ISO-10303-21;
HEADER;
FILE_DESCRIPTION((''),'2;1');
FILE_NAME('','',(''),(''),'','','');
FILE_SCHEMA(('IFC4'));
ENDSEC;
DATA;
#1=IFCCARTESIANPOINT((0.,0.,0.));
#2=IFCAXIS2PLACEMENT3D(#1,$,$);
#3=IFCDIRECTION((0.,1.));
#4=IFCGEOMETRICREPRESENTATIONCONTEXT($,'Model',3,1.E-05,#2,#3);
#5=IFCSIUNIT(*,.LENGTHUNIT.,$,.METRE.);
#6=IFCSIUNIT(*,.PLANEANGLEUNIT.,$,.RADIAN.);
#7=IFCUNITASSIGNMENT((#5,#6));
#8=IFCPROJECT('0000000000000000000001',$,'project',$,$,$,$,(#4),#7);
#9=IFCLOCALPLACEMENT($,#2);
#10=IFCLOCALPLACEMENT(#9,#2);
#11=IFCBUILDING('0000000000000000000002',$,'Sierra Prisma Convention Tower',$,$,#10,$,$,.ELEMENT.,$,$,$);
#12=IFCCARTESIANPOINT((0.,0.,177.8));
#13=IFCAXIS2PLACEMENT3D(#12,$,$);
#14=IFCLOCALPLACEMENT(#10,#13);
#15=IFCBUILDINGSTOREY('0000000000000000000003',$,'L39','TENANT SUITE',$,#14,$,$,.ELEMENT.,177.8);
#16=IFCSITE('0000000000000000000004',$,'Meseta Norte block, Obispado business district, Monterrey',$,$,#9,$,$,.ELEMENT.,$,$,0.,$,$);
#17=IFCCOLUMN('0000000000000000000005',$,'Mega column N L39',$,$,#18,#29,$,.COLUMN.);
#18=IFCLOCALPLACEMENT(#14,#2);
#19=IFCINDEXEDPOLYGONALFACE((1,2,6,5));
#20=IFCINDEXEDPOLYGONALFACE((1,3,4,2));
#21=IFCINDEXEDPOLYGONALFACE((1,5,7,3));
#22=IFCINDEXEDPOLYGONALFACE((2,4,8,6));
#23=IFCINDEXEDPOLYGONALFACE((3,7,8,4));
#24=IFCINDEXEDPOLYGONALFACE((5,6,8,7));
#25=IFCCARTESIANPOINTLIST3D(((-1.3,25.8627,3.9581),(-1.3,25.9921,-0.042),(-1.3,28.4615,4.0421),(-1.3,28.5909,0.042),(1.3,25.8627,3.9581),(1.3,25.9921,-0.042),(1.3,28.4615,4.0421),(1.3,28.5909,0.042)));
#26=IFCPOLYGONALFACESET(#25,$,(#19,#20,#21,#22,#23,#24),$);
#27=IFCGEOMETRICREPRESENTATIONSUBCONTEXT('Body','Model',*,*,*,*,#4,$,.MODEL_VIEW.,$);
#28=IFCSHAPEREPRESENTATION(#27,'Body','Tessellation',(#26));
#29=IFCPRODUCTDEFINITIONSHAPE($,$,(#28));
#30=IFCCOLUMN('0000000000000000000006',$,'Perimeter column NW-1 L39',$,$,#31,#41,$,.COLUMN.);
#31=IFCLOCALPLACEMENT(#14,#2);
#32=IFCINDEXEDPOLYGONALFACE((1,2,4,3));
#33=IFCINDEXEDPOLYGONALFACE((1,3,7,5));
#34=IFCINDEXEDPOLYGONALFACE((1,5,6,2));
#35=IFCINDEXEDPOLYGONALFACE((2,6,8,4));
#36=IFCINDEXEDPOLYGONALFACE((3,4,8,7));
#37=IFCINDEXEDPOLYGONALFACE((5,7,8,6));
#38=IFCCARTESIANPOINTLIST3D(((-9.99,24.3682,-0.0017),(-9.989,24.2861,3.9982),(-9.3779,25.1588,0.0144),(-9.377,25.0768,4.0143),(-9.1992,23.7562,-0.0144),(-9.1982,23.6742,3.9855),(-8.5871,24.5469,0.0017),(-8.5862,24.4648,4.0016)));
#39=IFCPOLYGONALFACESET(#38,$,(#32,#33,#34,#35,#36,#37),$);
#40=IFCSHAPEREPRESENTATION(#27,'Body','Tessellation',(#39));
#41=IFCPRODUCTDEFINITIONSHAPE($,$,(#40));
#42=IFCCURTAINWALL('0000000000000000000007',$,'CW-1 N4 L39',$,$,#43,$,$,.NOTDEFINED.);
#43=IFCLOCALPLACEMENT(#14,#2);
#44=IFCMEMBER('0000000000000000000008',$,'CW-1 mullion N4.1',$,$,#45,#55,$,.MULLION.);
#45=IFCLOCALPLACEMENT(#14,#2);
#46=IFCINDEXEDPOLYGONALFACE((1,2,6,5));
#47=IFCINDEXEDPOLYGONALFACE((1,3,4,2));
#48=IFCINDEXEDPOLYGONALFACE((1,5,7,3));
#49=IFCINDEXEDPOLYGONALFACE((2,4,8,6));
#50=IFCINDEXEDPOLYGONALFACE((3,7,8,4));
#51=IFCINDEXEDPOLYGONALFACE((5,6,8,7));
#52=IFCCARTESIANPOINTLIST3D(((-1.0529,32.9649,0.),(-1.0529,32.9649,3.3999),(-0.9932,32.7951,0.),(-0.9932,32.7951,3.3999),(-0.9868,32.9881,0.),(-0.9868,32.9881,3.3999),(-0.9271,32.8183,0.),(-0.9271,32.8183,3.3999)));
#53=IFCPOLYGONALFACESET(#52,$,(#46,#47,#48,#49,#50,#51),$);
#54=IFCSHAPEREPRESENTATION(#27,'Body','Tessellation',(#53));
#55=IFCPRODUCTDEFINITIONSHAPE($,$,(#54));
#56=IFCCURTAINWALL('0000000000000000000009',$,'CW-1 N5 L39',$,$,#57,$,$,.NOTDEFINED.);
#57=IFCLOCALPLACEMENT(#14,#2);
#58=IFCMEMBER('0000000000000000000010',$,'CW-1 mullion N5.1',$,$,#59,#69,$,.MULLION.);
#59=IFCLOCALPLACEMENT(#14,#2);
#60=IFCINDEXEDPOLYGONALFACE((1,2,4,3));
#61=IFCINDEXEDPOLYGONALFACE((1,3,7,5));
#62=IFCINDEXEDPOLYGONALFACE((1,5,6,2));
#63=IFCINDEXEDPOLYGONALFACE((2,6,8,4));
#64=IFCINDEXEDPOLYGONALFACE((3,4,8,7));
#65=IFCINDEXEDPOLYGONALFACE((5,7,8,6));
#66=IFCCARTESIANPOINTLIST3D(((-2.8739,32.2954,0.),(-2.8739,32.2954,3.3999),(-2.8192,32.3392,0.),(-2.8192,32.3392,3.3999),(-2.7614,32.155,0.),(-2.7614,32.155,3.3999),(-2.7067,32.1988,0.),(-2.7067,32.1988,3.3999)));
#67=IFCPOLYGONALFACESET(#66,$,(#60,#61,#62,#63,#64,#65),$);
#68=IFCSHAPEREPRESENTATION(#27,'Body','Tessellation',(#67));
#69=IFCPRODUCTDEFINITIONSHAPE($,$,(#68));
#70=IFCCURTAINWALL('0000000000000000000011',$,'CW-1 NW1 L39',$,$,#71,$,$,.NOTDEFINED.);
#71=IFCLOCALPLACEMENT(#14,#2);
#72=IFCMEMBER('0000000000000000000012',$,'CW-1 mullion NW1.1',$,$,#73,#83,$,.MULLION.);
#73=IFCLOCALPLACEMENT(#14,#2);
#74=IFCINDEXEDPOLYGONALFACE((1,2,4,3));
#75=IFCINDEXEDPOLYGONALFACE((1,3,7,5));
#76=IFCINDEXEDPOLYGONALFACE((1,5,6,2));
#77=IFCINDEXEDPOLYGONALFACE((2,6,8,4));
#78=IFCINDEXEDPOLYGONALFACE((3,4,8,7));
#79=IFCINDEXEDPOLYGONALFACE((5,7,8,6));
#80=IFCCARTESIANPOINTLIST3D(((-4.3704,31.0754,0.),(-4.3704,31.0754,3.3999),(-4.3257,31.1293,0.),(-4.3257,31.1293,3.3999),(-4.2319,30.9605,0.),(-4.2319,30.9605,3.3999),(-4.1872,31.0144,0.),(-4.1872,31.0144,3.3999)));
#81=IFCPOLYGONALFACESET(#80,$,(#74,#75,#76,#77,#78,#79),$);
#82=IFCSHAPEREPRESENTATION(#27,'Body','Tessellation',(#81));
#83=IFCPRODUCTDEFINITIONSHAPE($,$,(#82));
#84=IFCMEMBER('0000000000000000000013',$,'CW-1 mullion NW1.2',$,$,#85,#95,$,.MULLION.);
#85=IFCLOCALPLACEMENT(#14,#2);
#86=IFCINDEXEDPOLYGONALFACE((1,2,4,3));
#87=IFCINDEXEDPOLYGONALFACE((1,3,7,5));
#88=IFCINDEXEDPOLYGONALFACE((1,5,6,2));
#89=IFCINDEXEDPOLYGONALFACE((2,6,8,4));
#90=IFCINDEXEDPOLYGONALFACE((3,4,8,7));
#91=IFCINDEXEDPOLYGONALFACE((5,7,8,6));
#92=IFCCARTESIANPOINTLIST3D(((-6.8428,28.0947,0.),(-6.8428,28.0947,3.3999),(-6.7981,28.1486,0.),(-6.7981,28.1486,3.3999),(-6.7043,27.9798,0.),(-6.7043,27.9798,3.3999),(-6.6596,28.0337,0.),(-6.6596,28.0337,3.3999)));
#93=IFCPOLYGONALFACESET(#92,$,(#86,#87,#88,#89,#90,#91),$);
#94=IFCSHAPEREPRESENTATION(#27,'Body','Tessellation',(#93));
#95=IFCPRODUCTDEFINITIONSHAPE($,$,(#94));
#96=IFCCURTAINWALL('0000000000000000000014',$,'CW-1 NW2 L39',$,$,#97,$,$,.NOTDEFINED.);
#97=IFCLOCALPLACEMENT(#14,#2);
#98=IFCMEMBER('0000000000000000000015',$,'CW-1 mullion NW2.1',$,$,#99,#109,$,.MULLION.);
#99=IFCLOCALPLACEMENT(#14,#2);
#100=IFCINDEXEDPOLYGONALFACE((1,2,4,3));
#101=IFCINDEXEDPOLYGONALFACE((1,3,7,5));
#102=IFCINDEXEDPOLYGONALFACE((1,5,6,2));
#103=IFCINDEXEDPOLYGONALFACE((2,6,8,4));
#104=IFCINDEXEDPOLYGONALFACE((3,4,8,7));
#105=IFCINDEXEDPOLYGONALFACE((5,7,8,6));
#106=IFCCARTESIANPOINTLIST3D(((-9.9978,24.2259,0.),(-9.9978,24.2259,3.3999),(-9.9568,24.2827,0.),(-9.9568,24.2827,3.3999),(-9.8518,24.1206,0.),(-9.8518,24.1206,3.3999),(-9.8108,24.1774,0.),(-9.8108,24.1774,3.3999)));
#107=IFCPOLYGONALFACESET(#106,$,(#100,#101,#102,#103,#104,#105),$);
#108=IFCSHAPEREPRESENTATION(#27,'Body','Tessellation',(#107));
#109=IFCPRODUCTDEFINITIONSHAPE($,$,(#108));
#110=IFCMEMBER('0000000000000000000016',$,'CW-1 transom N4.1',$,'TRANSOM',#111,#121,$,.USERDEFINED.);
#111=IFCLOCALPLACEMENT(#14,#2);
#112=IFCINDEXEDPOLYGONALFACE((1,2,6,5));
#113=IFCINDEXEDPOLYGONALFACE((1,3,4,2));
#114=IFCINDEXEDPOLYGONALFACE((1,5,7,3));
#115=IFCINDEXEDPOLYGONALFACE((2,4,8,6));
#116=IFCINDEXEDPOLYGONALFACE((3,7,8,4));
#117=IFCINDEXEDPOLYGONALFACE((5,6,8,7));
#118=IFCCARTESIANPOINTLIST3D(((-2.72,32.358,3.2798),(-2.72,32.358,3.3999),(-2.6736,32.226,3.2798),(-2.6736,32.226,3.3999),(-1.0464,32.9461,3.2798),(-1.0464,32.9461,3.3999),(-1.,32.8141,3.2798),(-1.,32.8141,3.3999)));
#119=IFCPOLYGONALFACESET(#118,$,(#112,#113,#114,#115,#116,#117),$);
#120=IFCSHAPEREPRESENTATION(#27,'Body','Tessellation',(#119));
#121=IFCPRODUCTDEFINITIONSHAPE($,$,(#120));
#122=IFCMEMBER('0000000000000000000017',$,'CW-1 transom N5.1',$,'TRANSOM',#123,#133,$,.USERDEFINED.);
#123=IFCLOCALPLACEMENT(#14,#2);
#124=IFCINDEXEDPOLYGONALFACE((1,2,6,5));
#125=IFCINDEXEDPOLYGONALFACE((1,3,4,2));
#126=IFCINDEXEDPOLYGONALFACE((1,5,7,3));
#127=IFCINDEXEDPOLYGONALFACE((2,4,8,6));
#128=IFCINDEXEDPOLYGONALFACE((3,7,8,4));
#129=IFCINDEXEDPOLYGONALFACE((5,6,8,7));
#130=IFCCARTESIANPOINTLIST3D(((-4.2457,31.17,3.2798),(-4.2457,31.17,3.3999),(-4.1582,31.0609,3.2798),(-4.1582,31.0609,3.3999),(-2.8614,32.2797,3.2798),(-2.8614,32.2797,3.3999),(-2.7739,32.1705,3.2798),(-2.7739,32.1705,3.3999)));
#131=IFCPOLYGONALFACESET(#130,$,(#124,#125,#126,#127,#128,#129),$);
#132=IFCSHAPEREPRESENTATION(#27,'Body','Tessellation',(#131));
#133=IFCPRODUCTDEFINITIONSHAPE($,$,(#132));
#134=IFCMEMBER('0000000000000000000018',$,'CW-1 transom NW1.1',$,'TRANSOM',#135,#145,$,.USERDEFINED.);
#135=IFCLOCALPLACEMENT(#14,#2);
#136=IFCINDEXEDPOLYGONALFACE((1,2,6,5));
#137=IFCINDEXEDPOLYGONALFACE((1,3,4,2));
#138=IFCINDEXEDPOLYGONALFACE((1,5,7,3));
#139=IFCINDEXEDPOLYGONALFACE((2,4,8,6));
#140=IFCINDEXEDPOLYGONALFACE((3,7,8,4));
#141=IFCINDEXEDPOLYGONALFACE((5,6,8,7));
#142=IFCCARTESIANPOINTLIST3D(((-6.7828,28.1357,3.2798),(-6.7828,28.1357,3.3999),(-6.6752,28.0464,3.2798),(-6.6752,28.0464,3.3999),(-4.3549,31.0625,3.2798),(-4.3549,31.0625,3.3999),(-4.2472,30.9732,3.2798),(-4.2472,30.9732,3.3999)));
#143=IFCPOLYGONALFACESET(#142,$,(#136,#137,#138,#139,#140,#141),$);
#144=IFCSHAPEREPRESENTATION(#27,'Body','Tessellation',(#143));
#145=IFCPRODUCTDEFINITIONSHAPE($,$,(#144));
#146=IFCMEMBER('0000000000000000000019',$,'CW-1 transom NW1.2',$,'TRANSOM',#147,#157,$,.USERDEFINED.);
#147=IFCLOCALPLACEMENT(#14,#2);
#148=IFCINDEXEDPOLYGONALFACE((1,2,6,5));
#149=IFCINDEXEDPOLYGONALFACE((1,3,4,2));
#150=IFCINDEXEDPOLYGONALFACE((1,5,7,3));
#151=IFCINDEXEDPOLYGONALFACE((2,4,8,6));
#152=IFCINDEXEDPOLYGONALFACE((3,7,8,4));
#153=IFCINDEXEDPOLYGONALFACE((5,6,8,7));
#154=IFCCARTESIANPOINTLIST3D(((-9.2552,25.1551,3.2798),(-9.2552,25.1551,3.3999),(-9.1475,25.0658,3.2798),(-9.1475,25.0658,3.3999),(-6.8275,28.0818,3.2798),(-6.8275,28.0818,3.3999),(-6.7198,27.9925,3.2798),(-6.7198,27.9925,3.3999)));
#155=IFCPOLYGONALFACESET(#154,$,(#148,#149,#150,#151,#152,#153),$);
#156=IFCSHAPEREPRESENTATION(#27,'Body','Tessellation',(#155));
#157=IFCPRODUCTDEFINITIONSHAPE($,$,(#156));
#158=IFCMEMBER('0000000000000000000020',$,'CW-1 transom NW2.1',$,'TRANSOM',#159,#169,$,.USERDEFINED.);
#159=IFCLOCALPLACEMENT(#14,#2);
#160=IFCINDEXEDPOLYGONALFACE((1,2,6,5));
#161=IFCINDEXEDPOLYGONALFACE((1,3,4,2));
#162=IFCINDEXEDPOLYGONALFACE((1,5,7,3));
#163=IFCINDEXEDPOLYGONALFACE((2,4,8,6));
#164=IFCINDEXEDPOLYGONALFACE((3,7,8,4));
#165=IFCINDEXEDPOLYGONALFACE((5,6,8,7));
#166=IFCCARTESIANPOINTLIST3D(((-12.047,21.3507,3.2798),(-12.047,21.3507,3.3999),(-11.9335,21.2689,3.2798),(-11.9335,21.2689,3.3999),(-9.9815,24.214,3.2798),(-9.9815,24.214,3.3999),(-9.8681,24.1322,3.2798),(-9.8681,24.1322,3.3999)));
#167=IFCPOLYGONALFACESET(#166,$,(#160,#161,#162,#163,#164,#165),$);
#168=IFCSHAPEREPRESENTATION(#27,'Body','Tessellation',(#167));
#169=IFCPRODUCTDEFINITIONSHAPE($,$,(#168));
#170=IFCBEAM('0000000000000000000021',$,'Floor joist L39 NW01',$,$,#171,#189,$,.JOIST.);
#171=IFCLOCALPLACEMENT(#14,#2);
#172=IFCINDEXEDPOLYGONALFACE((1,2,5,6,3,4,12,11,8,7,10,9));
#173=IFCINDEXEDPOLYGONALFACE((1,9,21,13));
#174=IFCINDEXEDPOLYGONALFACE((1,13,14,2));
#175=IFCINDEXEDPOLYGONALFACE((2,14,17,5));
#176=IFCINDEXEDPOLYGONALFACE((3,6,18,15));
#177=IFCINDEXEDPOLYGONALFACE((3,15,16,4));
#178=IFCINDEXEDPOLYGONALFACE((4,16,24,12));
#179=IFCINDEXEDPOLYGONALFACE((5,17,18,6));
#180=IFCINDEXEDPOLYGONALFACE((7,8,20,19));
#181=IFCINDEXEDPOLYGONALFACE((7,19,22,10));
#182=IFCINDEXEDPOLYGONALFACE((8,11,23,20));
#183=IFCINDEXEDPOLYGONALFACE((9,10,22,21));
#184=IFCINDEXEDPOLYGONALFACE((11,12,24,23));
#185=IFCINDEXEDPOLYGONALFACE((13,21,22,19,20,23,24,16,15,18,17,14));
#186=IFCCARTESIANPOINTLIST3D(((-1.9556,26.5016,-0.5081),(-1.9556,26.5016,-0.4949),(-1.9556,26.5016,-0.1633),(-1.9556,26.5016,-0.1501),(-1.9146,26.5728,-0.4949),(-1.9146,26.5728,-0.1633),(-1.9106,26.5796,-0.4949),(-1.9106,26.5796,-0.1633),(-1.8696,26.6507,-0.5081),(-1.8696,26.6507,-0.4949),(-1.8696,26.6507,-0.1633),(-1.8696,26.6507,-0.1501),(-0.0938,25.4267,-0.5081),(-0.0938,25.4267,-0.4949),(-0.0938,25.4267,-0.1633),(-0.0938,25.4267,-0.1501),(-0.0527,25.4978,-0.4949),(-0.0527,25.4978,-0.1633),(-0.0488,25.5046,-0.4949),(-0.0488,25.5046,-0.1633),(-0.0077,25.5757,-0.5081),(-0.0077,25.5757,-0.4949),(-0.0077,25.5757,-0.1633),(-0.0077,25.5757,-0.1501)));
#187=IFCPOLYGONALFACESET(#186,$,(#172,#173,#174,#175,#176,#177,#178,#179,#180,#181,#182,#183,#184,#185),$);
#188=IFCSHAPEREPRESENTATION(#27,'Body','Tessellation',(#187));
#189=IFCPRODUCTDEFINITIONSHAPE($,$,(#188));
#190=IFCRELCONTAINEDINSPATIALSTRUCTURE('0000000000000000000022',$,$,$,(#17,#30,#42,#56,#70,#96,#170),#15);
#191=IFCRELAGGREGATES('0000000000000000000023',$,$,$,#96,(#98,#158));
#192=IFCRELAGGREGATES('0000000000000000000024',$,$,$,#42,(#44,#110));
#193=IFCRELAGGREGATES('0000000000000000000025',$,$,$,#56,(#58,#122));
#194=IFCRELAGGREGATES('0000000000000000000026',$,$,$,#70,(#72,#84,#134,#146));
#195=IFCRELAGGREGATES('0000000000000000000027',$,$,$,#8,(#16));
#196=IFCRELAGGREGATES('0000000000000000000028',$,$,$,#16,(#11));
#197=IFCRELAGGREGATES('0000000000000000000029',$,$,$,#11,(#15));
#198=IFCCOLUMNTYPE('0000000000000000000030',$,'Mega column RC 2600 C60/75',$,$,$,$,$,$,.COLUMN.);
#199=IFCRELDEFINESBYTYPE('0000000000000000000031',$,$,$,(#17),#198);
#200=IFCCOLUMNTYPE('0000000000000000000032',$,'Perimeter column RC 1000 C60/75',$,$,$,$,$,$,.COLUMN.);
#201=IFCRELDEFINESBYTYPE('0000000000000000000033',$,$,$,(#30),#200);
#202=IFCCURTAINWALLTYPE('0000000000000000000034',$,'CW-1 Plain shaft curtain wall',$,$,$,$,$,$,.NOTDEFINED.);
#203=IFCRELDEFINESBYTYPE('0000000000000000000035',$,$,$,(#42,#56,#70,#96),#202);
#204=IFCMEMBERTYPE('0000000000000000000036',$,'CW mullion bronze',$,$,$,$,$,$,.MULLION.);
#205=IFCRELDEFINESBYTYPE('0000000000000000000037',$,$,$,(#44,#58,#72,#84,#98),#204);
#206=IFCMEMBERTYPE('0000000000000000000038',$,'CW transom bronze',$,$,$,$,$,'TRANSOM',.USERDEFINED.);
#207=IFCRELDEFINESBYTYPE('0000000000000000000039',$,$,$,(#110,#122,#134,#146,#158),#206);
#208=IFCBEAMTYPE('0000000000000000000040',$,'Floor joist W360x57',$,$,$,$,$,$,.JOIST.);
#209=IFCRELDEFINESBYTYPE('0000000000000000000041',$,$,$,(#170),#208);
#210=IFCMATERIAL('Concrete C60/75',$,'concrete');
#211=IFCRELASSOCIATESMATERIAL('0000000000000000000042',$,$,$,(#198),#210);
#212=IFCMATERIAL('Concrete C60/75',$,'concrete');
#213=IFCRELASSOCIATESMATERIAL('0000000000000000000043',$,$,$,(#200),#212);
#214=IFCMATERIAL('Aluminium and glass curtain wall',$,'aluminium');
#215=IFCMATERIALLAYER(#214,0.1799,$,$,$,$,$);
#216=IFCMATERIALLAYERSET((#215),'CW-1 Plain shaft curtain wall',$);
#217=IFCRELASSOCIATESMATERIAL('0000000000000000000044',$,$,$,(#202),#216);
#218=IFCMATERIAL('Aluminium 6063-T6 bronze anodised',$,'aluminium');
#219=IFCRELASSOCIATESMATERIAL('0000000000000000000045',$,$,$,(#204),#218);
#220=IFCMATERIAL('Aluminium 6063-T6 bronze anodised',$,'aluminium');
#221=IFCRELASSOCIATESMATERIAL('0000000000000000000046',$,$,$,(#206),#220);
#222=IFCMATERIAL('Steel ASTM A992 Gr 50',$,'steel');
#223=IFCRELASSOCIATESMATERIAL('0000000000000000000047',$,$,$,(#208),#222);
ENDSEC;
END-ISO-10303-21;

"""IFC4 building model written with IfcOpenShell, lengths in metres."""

from ifc_helpers import new_model, si_unit, direction, frame, origin, origin_2d, place, context, subcontext, project, spatial, rectangle, i_section, extrude, material, layer, layer_set, material_profile, profile_set, type_object, element, aggregate, save


model = new_model("IFC4")

# Units and contexts
model_context = context("Model", 3, precision=1e-05, world=origin(), true_north=direction((0.0, 1.0)))
body_context = subcontext(model_context, "Body", "Model", "MODEL_VIEW")
ifc_project = project(units=[si_unit("LENGTHUNIT", "METRE"), si_unit("PLANEANGLEUNIT", "RADIAN")], contexts=[model_context])

# Site, building, storey
site_placement = place(None, origin())
site = spatial("IfcSite", under=ifc_project, at=site_placement, Name="Meseta Norte block, Obispado business district, Monterrey", CompositionType="ELEMENT", RefElevation=0.0)
building_placement = place(site_placement, origin())
building = spatial("IfcBuilding", under=site, at=building_placement, Name="Sierra Prisma Convention Tower", CompositionType="ELEMENT")
storey_placement = place(building_placement, frame((0.0, 0.0, 177.8)))
storey = spatial("IfcBuildingStorey", under=building, at=storey_placement, Name="L39", Description="TENANT SUITE", CompositionType="ELEMENT", Elevation=177.8)

# Columns
ifc_material_1 = material(Name="Concrete C60/75", Category="concrete")
ifc_material_profile_1 = material_profile(ifc_material_1, rectangle(XDim=2.6001, YDim=2.6001, at=origin_2d()), Name="Mega column RC 2600 C60/75")
ifc_profile_set_1 = profile_set([ifc_material_profile_1], Name="Concrete C60/75")
column_type_1 = type_object("IfcColumnType", Name="Mega column RC 2600 C60/75", PredefinedType="COLUMN", material=ifc_profile_set_1)
column_1_placement = place(storey_placement, frame((0.0, 27.2915, 0.0), z_axis=(0.0, -0.032332, 0.999477), x_axis=(1.0, 0.0, 0.0)))
element("IfcColumn", 1, at=column_1_placement, inside=storey, type_object=column_type_1, Name="Mega column N L39", PredefinedType="COLUMN", context=body_context, shape_type="SweptSolid", body=[
    extrude(rectangle(XDim=2.6001, YDim=2.6001, at=origin_2d()), origin(), (0.0, 0.0, 1.0), 4.0022),
])
ifc_material_2 = material(Name="Concrete C60/75", Category="concrete")
ifc_material_profile_2 = material_profile(ifc_material_2, rectangle(XDim=1.0, YDim=1.0, at=origin_2d()), Name="Perimeter column RC 1000 C60/75")
ifc_profile_set_2 = profile_set([ifc_material_profile_2], Name="Concrete C60/75")
column_type_2 = type_object("IfcColumnType", Name="Perimeter column RC 1000 C60/75", PredefinedType="COLUMN", material=ifc_profile_set_2)
column_2_placement = place(storey_placement, frame((-9.2886, 24.4575, 0.0), z_axis=(0.000244, -0.020504, 0.99979), x_axis=(0.612079, 0.790633, 0.016065)))
element("IfcColumn", 2, at=column_2_placement, inside=storey, type_object=column_type_2, Name="Perimeter column NW-1 L39", PredefinedType="COLUMN", context=body_context, shape_type="SweptSolid", body=[
    extrude(rectangle(XDim=1.0, YDim=1.0, at=origin_2d()), origin(), (0.0, 0.0, 1.0), 4.0007),
])

# Curtain walls, members
ifc_material_3 = material(Name="Aluminium and glass curtain wall", Category="aluminium")
ifc_layer_1 = layer(ifc_material_3, 0.1799)
ifc_layer_set_1 = layer_set([ifc_layer_1], Name="CW-1 Plain shaft curtain wall")
curtain_wall_type = type_object("IfcCurtainWallType", Name="CW-1 Plain shaft curtain wall", PredefinedType="NOTDEFINED", material=ifc_layer_set_1)
curtain_wall_1_placement = place(storey_placement, origin())
curtain_wall_1 = element("IfcCurtainWall", 3, at=curtain_wall_1_placement, inside=storey, type_object=curtain_wall_type, Name="CW-1 N4 L39", PredefinedType="NOTDEFINED")
ifc_material_4 = material(Name="Aluminium 6063-T6 bronze anodised", Category="aluminium")
ifc_material_profile_3 = material_profile(ifc_material_4, rectangle(XDim=0.1799, YDim=0.0701, at=origin_2d()), Name="ALU MULLION 70x180")
ifc_profile_set_3 = profile_set([ifc_material_profile_3], Name="Aluminium 6063-T6 bronze anodised")
member_type_1 = type_object("IfcMemberType", Name="CW mullion bronze", PredefinedType="MULLION", material=ifc_profile_set_3)
member_1_placement = place(storey_placement, frame((-0.99, 32.8916, 0.0), z_axis=(0.0, 0.0, 1.0), x_axis=(0.331436, -0.943478, 0.0)))
member_1 = element("IfcMember", 4, at=member_1_placement, type_object=member_type_1, Name="CW-1 mullion N4.1", PredefinedType="MULLION", context=body_context, shape_type="SweptSolid", body=[
    extrude(rectangle(XDim=0.1799, YDim=0.0701, at=origin_2d()), origin(), (0.0, 0.0, 1.0), 3.3999),
])
curtain_wall_2_placement = place(storey_placement, origin())
curtain_wall_2 = element("IfcCurtainWall", 5, at=curtain_wall_2_placement, inside=storey, type_object=curtain_wall_type, Name="CW-1 N5 L39", PredefinedType="NOTDEFINED")
member_2_placement = place(storey_placement, frame((-2.7903, 32.2471, 0.0), z_axis=(0.0, 0.0, 1.0), x_axis=(0.625406, -0.7803, 0.0)))
member_2 = element("IfcMember", 6, at=member_2_placement, type_object=member_type_1, Name="CW-1 mullion N5.1", PredefinedType="MULLION", context=body_context, shape_type="SweptSolid", body=[
    extrude(rectangle(XDim=0.1799, YDim=0.0701, at=origin_2d()), origin(), (0.0, 0.0, 1.0), 3.3999),
])

# Curtain wall, members
curtain_wall_3_placement = place(storey_placement, origin())
curtain_wall_3 = element("IfcCurtainWall", 7, at=curtain_wall_3_placement, inside=storey, type_object=curtain_wall_type, Name="CW-1 NW1 L39", PredefinedType="NOTDEFINED")
member_3_placement = place(storey_placement, frame((-4.2788, 31.0449, 0.0), z_axis=(0.0, 0.0, 1.0), x_axis=(0.769678, -0.638433, 0.0)))
member_3 = element("IfcMember", 8, at=member_3_placement, type_object=member_type_1, Name="CW-1 mullion NW1.1", PredefinedType="MULLION", context=body_context, shape_type="SweptSolid", body=[
    extrude(rectangle(XDim=0.1799, YDim=0.0701, at=origin_2d()), origin(), (0.0, 0.0, 1.0), 3.3999),
])
member_4_placement = place(storey_placement, frame((-6.7512, 28.0642, 0.0), z_axis=(0.0, 0.0, 1.0), x_axis=(0.769678, -0.638433, 0.0)))
member_4 = element("IfcMember", 9, at=member_4_placement, type_object=member_type_1, Name="CW-1 mullion NW1.2", PredefinedType="MULLION", context=body_context, shape_type="SweptSolid", body=[
    extrude(rectangle(XDim=0.1799, YDim=0.0701, at=origin_2d()), origin(), (0.0, 0.0, 1.0), 3.3999),
])

# Curtain wall, member
curtain_wall_4_placement = place(storey_placement, origin())
curtain_wall_4 = element("IfcCurtainWall", 10, at=curtain_wall_4_placement, inside=storey, type_object=curtain_wall_type, Name="CW-1 NW2 L39", PredefinedType="NOTDEFINED")
member_5_placement = place(storey_placement, frame((-9.9043, 24.2017, 0.0), z_axis=(0.0, 0.0, 1.0), x_axis=(0.811012, -0.585029, 0.0)))
member_5 = element("IfcMember", 11, at=member_5_placement, type_object=member_type_1, Name="CW-1 mullion NW2.1", PredefinedType="MULLION", context=body_context, shape_type="SweptSolid", body=[
    extrude(rectangle(XDim=0.1799, YDim=0.0701, at=origin_2d()), origin(), (0.0, 0.0, 1.0), 3.3999),
])

# Members
ifc_material_5 = material(Name="Aluminium 6063-T6 bronze anodised", Category="aluminium")
ifc_material_profile_4 = material_profile(ifc_material_5, rectangle(XDim=0.1399, YDim=0.1201, at=origin_2d()), Name="ALU TRANSOM 120x140")
ifc_profile_set_4 = profile_set([ifc_material_profile_4], Name="Aluminium 6063-T6 bronze anodised")
member_type_2 = type_object("IfcMemberType", Name="CW transom bronze", ElementType="TRANSOM", PredefinedType="USERDEFINED", material=ifc_profile_set_4)
member_6_placement = place(storey_placement, frame((-1.0232, 32.8801, 3.3398), z_axis=(-0.943439, -0.331546, 0.0), x_axis=(0.331546, -0.943439, 0.0)))
member_6 = element("IfcMember", 12, at=member_6_placement, type_object=member_type_2, Name="CW-1 transom N4.1", ObjectType="TRANSOM", PredefinedType="USERDEFINED", context=body_context, shape_type="SweptSolid", body=[
    extrude(rectangle(XDim=0.1399, YDim=0.1201, at=origin_2d()), origin(), (0.0, 0.0, 1.0), 1.7739),
])
member_7_placement = place(storey_placement, frame((-2.8176, 32.2251, 3.3398), z_axis=(-0.780264, -0.62545, 0.0), x_axis=(0.62545, -0.780264, 0.0)))
member_7 = element("IfcMember", 13, at=member_7_placement, type_object=member_type_2, Name="CW-1 transom N5.1", ObjectType="TRANSOM", PredefinedType="USERDEFINED", context=body_context, shape_type="SweptSolid", body=[
    extrude(rectangle(XDim=0.1399, YDim=0.1201, at=origin_2d()), origin(), (0.0, 0.0, 1.0), 1.7742),
])
member_8_placement = place(storey_placement, frame((-4.301, 31.0178, 3.3398), z_axis=(-0.638478, -0.76964, 0.0), x_axis=(0.76964, -0.638478, 0.0)))
member_8 = element("IfcMember", 14, at=member_8_placement, type_object=member_type_2, Name="CW-1 transom NW1.1", ObjectType="TRANSOM", PredefinedType="USERDEFINED", context=body_context, shape_type="SweptSolid", body=[
    extrude(rectangle(XDim=0.1399, YDim=0.1201, at=origin_2d()), origin(), (0.0, 0.0, 1.0), 3.8027),
])
member_9_placement = place(storey_placement, frame((-6.7737, 28.0371, 3.3398), z_axis=(-0.63844, -0.769672, 0.0), x_axis=(0.769672, -0.63844, 0.0)))
member_9 = element("IfcMember", 15, at=member_9_placement, type_object=member_type_2, Name="CW-1 transom NW1.2", ObjectType="TRANSOM", PredefinedType="USERDEFINED", context=body_context, shape_type="SweptSolid", body=[
    extrude(rectangle(XDim=0.1399, YDim=0.1201, at=origin_2d()), origin(), (0.0, 0.0, 1.0), 3.8025),
])
member_10_placement = place(storey_placement, frame((-9.9248, 24.1731, 3.3398), z_axis=(-0.585026, -0.811015, 0.0), x_axis=(0.811015, -0.585026, 0.0)))
member_10 = element("IfcMember", 16, at=member_10_placement, type_object=member_type_2, Name="CW-1 transom NW2.1", ObjectType="TRANSOM", PredefinedType="USERDEFINED", context=body_context, shape_type="SweptSolid", body=[
    extrude(rectangle(XDim=0.1399, YDim=0.1201, at=origin_2d()), origin(), (0.0, 0.0, 1.0), 3.5305),
])
aggregate(curtain_wall_4, [member_5, member_10])

# Beam
ifc_material_6 = material(Name="Steel ASTM A992 Gr 50", Category="steel")
ifc_material_profile_5 = material_profile(ifc_material_6, i_section(OverallWidth=0.1721, OverallDepth=0.3579, WebThickness=0.0078, FlangeThickness=0.0132, at=origin_2d()), Name="W360x57")
ifc_profile_set_5 = profile_set([ifc_material_profile_5], Name="Steel ASTM A992 Gr 50")
beam_type_1 = type_object("IfcBeamType", Name="Floor joist W360x57", PredefinedType="JOIST", material=ifc_profile_set_5)
beam_1_placement = place(storey_placement, frame((-1.9126, 26.5762, -0.3291), z_axis=(0.866019, -0.500011, 0.0), x_axis=(0.500011, 0.866019, 0.0)))
element("IfcBeam", 17, at=beam_1_placement, inside=storey, type_object=beam_type_1, Name="Floor joist L39 NW01", PredefinedType="JOIST", context=body_context, shape_type="SweptSolid", body=[
    extrude(i_section(OverallWidth=0.1721, OverallDepth=0.3579, WebThickness=0.0078, FlangeThickness=0.0132, at=origin_2d()), origin(), (0.0, 0.0, 1.0), 2.1499),
])

aggregate(curtain_wall_1, [member_1, member_6])
aggregate(curtain_wall_2, [member_2, member_7])
aggregate(curtain_wall_3, [member_3, member_4, member_8, member_9])

save(model, "model.ifc")
